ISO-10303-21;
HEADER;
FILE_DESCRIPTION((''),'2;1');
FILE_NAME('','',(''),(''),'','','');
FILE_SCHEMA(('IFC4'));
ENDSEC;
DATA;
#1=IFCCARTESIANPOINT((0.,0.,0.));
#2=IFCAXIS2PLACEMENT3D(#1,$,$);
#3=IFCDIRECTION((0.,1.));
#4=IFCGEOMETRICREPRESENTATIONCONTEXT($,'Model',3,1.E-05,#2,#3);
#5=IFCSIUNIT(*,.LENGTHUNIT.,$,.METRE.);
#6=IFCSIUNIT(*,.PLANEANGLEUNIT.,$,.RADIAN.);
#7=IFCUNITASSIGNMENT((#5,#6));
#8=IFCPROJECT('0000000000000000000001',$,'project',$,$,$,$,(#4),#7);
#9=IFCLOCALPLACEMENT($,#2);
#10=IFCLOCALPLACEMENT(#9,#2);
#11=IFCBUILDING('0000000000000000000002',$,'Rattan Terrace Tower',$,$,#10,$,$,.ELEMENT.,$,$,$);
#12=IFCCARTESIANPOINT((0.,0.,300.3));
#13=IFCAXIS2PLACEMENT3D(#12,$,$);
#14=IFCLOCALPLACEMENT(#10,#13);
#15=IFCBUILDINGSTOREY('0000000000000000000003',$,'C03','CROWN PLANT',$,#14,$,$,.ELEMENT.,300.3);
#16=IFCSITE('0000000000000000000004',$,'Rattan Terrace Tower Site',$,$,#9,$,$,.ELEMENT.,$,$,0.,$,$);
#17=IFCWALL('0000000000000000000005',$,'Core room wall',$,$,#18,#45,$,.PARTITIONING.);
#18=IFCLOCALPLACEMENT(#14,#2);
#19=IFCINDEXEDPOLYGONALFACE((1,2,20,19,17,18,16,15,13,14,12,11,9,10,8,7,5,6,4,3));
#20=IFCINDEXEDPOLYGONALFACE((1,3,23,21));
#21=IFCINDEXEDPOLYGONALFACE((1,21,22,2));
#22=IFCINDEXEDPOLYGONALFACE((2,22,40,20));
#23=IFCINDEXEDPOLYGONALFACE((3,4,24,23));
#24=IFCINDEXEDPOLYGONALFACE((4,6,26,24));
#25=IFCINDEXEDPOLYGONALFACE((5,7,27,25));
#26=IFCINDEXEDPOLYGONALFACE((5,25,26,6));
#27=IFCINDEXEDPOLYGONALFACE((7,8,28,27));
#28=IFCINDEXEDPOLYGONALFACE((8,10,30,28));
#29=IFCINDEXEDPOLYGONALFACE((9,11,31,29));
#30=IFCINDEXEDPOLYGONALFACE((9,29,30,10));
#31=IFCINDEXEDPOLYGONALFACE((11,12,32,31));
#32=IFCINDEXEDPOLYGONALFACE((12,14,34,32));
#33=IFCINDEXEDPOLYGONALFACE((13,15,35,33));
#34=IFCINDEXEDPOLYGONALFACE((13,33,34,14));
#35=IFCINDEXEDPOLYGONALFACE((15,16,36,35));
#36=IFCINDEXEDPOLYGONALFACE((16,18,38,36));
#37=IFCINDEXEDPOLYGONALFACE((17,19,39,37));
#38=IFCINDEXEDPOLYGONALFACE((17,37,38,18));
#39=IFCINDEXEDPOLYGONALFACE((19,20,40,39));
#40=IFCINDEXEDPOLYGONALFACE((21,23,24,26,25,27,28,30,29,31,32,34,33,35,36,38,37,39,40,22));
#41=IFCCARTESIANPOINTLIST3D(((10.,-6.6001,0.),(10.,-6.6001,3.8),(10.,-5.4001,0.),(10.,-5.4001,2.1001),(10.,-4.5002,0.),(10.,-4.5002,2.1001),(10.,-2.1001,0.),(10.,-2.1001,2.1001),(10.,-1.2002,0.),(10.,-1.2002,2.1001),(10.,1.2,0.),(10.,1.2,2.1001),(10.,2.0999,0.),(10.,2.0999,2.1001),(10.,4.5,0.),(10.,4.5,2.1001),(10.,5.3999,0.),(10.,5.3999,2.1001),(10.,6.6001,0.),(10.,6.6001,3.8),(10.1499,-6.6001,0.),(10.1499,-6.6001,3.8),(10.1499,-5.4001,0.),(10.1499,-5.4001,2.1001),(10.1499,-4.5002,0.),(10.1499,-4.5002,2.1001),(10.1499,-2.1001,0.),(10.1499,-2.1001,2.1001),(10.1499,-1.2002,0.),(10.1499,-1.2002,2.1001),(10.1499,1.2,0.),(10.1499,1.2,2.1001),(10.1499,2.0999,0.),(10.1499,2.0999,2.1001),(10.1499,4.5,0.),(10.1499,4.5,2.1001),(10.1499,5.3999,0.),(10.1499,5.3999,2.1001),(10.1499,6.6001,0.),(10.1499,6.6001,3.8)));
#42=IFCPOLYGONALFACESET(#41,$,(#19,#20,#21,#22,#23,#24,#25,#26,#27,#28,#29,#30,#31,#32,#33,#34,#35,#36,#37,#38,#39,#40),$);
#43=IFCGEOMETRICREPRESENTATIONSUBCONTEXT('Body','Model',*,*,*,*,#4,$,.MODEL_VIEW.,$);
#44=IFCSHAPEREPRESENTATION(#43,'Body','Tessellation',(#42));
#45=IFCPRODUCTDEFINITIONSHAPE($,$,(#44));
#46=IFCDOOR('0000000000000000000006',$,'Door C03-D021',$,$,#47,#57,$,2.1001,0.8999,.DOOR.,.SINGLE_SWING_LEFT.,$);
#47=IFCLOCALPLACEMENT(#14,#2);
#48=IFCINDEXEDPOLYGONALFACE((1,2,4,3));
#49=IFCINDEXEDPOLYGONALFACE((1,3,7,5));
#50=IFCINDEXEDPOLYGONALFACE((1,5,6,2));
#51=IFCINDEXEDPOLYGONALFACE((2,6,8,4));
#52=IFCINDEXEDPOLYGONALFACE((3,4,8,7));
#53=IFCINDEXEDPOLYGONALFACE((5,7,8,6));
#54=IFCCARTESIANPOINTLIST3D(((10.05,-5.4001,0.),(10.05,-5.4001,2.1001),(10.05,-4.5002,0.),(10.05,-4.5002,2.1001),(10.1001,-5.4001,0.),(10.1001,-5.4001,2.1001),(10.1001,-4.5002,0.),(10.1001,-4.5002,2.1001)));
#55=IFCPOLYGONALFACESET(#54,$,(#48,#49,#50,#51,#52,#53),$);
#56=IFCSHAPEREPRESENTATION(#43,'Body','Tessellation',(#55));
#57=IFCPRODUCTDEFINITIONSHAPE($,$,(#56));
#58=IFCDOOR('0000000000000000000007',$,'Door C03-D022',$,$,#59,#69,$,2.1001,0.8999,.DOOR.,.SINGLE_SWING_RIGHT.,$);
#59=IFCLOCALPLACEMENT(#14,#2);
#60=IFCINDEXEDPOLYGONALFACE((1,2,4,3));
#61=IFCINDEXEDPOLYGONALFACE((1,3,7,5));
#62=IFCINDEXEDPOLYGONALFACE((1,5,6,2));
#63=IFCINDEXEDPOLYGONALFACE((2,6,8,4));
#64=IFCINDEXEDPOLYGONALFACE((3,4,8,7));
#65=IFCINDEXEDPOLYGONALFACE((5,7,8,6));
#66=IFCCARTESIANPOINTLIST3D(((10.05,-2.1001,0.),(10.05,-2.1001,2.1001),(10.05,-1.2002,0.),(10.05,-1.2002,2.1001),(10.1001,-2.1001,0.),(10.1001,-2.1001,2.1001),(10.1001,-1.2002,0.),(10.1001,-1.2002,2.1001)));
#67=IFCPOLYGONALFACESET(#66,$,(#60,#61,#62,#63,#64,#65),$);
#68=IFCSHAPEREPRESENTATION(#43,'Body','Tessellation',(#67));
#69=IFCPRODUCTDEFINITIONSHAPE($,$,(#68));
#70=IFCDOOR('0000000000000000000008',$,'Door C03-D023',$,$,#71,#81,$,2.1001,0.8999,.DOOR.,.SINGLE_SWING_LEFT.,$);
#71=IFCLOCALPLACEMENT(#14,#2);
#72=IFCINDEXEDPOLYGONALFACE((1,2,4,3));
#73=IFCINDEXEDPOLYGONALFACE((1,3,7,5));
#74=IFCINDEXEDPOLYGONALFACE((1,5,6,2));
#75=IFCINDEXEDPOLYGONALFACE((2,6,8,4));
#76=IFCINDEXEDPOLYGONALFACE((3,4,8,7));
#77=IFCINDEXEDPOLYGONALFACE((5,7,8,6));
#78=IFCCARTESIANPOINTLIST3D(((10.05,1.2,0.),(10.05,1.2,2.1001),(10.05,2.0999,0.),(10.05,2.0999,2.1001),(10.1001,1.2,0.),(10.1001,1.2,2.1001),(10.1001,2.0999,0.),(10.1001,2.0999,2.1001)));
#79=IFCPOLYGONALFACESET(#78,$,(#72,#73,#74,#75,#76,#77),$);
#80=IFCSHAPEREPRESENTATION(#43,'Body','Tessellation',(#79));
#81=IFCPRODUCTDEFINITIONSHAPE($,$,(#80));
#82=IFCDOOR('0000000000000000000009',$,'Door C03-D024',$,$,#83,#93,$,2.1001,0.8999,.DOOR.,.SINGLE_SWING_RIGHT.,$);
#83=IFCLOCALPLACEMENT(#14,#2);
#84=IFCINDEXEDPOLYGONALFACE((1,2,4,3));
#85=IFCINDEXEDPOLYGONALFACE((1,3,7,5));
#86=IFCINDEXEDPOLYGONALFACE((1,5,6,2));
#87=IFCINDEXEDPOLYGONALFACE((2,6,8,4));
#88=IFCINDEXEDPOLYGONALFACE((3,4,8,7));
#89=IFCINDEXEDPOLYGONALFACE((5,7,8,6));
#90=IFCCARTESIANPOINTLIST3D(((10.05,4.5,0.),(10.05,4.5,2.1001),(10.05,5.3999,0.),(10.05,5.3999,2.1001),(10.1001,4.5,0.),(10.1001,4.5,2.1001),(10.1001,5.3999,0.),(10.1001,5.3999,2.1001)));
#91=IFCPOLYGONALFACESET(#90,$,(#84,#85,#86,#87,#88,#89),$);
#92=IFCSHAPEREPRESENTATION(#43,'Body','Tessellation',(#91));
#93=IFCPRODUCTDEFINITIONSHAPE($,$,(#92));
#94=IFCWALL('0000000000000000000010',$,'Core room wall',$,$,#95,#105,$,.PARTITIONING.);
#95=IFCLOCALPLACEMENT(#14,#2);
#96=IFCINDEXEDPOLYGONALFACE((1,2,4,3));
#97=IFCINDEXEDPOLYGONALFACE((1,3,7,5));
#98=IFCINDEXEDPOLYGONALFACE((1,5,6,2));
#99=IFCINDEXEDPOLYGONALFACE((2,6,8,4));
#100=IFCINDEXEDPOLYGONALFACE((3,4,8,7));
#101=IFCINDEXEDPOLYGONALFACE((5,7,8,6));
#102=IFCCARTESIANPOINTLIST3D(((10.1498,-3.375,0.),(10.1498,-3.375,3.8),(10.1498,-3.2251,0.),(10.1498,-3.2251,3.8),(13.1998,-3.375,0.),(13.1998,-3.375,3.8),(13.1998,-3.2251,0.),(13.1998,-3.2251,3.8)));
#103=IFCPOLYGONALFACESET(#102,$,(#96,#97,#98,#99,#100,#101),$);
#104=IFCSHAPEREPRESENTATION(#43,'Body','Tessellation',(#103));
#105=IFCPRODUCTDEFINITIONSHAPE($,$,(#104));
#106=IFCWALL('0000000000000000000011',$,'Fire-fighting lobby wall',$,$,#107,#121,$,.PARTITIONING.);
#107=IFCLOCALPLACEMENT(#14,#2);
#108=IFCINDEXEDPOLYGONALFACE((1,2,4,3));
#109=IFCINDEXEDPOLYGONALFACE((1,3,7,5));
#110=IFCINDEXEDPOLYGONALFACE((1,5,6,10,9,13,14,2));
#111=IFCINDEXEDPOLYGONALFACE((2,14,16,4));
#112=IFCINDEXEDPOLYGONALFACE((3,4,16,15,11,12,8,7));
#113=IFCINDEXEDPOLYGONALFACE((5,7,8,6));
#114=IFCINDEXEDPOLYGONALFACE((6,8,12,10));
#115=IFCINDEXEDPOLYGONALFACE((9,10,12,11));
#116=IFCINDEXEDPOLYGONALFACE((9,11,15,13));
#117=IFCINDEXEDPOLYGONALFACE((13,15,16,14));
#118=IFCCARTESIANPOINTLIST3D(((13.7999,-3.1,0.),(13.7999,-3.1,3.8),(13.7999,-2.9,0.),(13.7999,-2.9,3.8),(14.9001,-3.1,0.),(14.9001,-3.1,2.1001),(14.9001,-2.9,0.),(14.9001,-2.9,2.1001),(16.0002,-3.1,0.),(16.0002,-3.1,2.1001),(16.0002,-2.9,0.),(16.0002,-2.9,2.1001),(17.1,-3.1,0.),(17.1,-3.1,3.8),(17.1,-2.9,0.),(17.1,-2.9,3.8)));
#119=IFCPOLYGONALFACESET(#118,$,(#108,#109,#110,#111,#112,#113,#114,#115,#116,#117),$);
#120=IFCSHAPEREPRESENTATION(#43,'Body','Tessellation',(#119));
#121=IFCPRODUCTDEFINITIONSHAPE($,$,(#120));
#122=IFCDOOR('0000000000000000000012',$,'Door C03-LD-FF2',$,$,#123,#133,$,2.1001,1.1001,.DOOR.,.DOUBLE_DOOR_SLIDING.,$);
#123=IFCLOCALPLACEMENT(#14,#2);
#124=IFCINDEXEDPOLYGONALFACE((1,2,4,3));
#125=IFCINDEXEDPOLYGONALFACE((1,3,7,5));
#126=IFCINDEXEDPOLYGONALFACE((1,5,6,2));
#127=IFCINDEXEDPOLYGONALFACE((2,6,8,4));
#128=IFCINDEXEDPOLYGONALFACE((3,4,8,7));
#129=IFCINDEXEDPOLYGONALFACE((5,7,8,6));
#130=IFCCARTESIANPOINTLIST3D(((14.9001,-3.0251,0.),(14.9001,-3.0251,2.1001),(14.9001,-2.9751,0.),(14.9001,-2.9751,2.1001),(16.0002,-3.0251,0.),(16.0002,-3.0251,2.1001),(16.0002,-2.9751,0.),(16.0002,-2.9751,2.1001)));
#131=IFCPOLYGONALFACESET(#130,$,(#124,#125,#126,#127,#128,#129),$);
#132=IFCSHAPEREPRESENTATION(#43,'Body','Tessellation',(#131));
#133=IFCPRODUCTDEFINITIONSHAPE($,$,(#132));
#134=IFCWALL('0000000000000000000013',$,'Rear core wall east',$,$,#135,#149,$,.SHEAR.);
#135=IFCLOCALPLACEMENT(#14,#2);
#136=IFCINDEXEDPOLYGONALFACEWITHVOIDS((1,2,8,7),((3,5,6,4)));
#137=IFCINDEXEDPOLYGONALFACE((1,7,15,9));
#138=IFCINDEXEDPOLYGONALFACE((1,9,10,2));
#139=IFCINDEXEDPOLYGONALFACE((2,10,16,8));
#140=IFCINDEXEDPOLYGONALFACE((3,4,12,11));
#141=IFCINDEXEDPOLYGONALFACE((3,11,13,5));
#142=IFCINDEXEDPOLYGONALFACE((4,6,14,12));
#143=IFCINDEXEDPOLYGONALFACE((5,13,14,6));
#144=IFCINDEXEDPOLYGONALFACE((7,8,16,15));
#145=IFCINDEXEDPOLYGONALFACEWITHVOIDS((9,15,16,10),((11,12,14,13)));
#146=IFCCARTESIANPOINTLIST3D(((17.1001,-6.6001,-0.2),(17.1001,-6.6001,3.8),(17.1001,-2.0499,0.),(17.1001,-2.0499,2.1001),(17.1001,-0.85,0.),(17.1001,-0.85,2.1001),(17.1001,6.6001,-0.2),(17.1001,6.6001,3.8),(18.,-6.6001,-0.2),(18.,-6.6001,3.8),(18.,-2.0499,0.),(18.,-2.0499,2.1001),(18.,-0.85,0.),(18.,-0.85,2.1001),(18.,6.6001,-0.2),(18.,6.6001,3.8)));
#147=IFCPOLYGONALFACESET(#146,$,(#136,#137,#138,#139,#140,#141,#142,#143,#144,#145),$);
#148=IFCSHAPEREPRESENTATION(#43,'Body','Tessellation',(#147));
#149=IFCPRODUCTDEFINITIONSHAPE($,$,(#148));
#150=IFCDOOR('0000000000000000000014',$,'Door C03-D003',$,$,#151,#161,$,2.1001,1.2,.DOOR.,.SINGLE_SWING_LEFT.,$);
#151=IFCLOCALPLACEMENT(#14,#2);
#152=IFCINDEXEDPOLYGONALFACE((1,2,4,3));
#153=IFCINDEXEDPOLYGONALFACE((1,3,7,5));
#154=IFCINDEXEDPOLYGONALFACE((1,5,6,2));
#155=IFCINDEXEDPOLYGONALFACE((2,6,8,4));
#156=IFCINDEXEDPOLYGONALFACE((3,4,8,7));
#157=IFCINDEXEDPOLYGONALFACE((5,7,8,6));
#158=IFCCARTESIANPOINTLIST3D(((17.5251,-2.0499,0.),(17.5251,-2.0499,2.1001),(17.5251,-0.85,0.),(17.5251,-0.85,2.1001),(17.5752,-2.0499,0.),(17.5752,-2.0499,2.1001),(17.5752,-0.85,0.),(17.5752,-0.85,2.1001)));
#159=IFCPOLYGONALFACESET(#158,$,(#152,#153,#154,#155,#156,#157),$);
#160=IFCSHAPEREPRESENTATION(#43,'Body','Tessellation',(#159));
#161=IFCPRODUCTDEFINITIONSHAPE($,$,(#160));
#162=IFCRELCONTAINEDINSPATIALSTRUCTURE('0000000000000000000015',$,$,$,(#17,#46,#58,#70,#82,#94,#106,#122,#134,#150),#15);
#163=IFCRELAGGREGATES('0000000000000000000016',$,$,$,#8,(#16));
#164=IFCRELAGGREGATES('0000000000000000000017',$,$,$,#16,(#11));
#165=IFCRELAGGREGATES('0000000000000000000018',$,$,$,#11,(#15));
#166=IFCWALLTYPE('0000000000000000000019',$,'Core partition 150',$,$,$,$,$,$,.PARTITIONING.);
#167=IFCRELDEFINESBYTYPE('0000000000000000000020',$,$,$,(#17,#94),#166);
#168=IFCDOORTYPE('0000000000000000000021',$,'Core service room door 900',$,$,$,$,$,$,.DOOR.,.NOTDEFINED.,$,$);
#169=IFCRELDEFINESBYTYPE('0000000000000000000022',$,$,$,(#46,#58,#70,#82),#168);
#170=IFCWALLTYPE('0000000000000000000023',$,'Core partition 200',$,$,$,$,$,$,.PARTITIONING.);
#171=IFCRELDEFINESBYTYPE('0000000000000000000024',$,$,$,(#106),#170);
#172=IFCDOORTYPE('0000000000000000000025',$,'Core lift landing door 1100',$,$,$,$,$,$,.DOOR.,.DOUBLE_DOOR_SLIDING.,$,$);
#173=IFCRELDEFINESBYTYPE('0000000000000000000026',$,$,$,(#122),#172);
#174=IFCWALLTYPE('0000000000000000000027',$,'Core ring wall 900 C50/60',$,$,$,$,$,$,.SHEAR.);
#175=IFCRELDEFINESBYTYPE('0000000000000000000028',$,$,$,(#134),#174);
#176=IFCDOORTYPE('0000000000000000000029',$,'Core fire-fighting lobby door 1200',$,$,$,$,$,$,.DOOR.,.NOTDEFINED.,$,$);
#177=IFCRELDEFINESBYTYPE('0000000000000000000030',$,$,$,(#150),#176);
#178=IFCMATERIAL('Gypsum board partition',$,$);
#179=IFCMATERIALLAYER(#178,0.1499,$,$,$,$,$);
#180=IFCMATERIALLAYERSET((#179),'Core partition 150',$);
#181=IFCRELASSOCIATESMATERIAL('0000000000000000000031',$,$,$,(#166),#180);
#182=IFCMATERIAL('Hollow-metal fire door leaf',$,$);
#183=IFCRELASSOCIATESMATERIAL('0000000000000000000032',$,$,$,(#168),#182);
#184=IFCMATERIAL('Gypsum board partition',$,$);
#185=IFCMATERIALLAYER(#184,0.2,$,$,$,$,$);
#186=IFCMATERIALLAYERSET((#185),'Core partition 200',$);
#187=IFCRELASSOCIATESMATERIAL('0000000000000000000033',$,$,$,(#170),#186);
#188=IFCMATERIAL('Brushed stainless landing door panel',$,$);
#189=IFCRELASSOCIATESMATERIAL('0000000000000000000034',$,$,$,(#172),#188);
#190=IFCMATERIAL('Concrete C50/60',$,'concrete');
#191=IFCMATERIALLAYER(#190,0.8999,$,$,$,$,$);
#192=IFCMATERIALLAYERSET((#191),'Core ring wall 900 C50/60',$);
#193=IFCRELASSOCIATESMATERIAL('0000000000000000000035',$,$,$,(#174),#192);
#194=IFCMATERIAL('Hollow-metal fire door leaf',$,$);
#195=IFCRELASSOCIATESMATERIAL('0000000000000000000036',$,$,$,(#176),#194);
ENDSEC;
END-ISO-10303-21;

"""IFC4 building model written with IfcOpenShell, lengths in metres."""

from ifc_helpers import new_model, si_unit, direction, frame, frame_2d, origin, place, context, subcontext, project, spatial, rectangle, extrude, material, layer, layer_set, type_object, element, fill, save


model = new_model("IFC4")

# Units and contexts
model_context = context("Model", 3, precision=1e-05, world=origin(), true_north=direction((0.0, 1.0)))
body_context = subcontext(model_context, "Body", "Model", "MODEL_VIEW")
ifc_project = project(units=[si_unit("LENGTHUNIT", "METRE"), si_unit("PLANEANGLEUNIT", "RADIAN")], contexts=[model_context])

# Site, building, storey
site_placement = place(None, origin())
site = spatial("IfcSite", under=ifc_project, at=site_placement, Name="Rattan Terrace Tower Site", CompositionType="ELEMENT", RefElevation=0.0)
building_placement = place(site_placement, origin())
building = spatial("IfcBuilding", under=site, at=building_placement, Name="Rattan Terrace Tower", CompositionType="ELEMENT")
storey_placement = place(building_placement, frame((0.0, 0.0, 300.3)))
storey = spatial("IfcBuildingStorey", under=building, at=storey_placement, Name="C03", Description="CROWN PLANT", CompositionType="ELEMENT", Elevation=300.3)

# Shared definitions
ifc_material_1 = material(Name="Gypsum board partition")
ifc_layer_1 = layer(ifc_material_1, 0.1499)
ifc_layer_set_1 = layer_set([ifc_layer_1], Name="Core partition 150")
wall_type_1 = type_object("IfcWallType", Name="Core partition 150", PredefinedType="PARTITIONING", material=ifc_layer_set_1)
ifc_material_2 = material(Name="Hollow-metal fire door leaf")
door_type_1 = type_object("IfcDoorType", Name="Core service room door 900", OperationType="NOTDEFINED", PredefinedType="DOOR", material=ifc_material_2)

# Wall, openings, doors
wall_1_placement = place(storey_placement, frame((10.075, -6.6001, 0.0), z_axis=(0.0, 0.0, 1.0), x_axis=(0.0, 1.0, 0.0)))
wall_1 = element("IfcWall", 1, at=wall_1_placement, inside=storey, type_object=wall_type_1, Name="Core room wall", PredefinedType="PARTITIONING", context=body_context, shape_type="SweptSolid", body=[
    extrude(rectangle(XDim=13.2002, YDim=0.1499, at=frame_2d((6.6001, 0.0))), origin(), (0.0, 0.0, 1.0), 3.8),
])
opening_1_placement = place(wall_1_placement, frame((1.2, 0.0, 0.0)))
opening_1 = element("IfcOpeningElement", 2, at=opening_1_placement, cuts=wall_1, PredefinedType="OPENING", context=body_context, shape_type="SweptSolid", body=[
    extrude(rectangle(XDim=0.8999, YDim=2.1001, at=frame_2d((0.45, 1.05))), frame((0.0, 0.0854, 0.0), z_axis=(0.0, -1.0, 0.0), x_axis=(1.0, 0.0, 0.0)), (0.0, 0.0, 1.0), 0.1709),
])
opening_2_placement = place(wall_1_placement, frame((4.5, 0.0, 0.0)))
opening_2 = element("IfcOpeningElement", 3, at=opening_2_placement, cuts=wall_1, PredefinedType="OPENING", context=body_context, shape_type="SweptSolid", body=[
    extrude(rectangle(XDim=0.8999, YDim=2.1001, at=frame_2d((0.45, 1.05))), frame((0.0, 0.0854, 0.0), z_axis=(0.0, -1.0, 0.0), x_axis=(1.0, 0.0, 0.0)), (0.0, 0.0, 1.0), 0.1709),
])
opening_3_placement = place(wall_1_placement, frame((7.8, 0.0, 0.0)))
opening_3 = element("IfcOpeningElement", 4, at=opening_3_placement, cuts=wall_1, PredefinedType="OPENING", context=body_context, shape_type="SweptSolid", body=[
    extrude(rectangle(XDim=0.8999, YDim=2.1001, at=frame_2d((0.45, 1.05))), frame((0.0, 0.0854, 0.0), z_axis=(0.0, -1.0, 0.0), x_axis=(1.0, 0.0, 0.0)), (0.0, 0.0, 1.0), 0.1709),
])
opening_4_placement = place(wall_1_placement, frame((11.1001, 0.0, 0.0)))
opening_4 = element("IfcOpeningElement", 5, at=opening_4_placement, cuts=wall_1, PredefinedType="OPENING", context=body_context, shape_type="SweptSolid", body=[
    extrude(rectangle(XDim=0.8999, YDim=2.1001, at=frame_2d((0.45, 1.05))), frame((0.0, 0.0854, 0.0), z_axis=(0.0, -1.0, 0.0), x_axis=(1.0, 0.0, 0.0)), (0.0, 0.0, 1.0), 0.1709),
])
door_1_placement = place(opening_1_placement, origin())
door_1 = element("IfcDoor", 6, at=door_1_placement, inside=storey, type_object=door_type_1, Name="Door C03-D021", OperationType="SINGLE_SWING_LEFT", OverallHeight=2.1001, OverallWidth=0.8999, PredefinedType="DOOR", context=body_context, shape_type="SweptSolid", body=[
    extrude(rectangle(XDim=0.8999, YDim=2.1001, at=frame_2d((0.45, 1.05))), frame((0.0, 0.0249, 0.0), z_axis=(0.0, -1.0, 0.0), x_axis=(1.0, 0.0, 0.0)), (0.0, 0.0, 1.0), 0.05),
])
fill(opening_1, door_1)
door_2_placement = place(opening_2_placement, origin())
door_2 = element("IfcDoor", 7, at=door_2_placement, inside=storey, type_object=door_type_1, Name="Door C03-D022", OperationType="SINGLE_SWING_RIGHT", OverallHeight=2.1001, OverallWidth=0.8999, PredefinedType="DOOR", context=body_context, shape_type="SweptSolid", body=[
    extrude(rectangle(XDim=0.8999, YDim=2.1001, at=frame_2d((0.45, 1.05))), frame((0.0, 0.0249, 0.0), z_axis=(0.0, -1.0, 0.0), x_axis=(1.0, 0.0, 0.0)), (0.0, 0.0, 1.0), 0.05),
])
fill(opening_2, door_2)
door_3_placement = place(opening_3_placement, origin())
door_3 = element("IfcDoor", 8, at=door_3_placement, inside=storey, type_object=door_type_1, Name="Door C03-D023", OperationType="SINGLE_SWING_LEFT", OverallHeight=2.1001, OverallWidth=0.8999, PredefinedType="DOOR", context=body_context, shape_type="SweptSolid", body=[
    extrude(rectangle(XDim=0.8999, YDim=2.1001, at=frame_2d((0.45, 1.05))), frame((0.0, 0.0249, 0.0), z_axis=(0.0, -1.0, 0.0), x_axis=(1.0, 0.0, 0.0)), (0.0, 0.0, 1.0), 0.05),
])
fill(opening_3, door_3)
door_4_placement = place(opening_4_placement, origin())
door_4 = element("IfcDoor", 9, at=door_4_placement, inside=storey, type_object=door_type_1, Name="Door C03-D024", OperationType="SINGLE_SWING_RIGHT", OverallHeight=2.1001, OverallWidth=0.8999, PredefinedType="DOOR", context=body_context, shape_type="SweptSolid", body=[
    extrude(rectangle(XDim=0.8999, YDim=2.1001, at=frame_2d((0.45, 1.05))), frame((0.0, 0.0249, 0.0), z_axis=(0.0, -1.0, 0.0), x_axis=(1.0, 0.0, 0.0)), (0.0, 0.0, 1.0), 0.05),
])
fill(opening_4, door_4)

# Wall
wall_2_placement = place(storey_placement, frame((10.1499, -3.3, 0.0), z_axis=(0.0, 0.0, 1.0), x_axis=(1.0, 0.0, 0.0)))
element("IfcWall", 10, at=wall_2_placement, inside=storey, type_object=wall_type_1, Name="Core room wall", PredefinedType="PARTITIONING", context=body_context, shape_type="SweptSolid", body=[
    extrude(rectangle(XDim=3.05, YDim=0.1499, at=frame_2d((1.5249, 0.0))), origin(), (0.0, 0.0, 1.0), 3.8),
])

# Walls, openings, doors
ifc_material_3 = material(Name="Gypsum board partition")
ifc_layer_2 = layer(ifc_material_3, 0.2)
ifc_layer_set_2 = layer_set([ifc_layer_2], Name="Core partition 200")
wall_type_2 = type_object("IfcWallType", Name="Core partition 200", PredefinedType="PARTITIONING", material=ifc_layer_set_2)
wall_3_placement = place(storey_placement, frame((13.8, -3.0, 0.0), z_axis=(0.0, 0.0, 1.0), x_axis=(1.0, 0.0, 0.0)))
wall_3 = element("IfcWall", 11, at=wall_3_placement, inside=storey, type_object=wall_type_2, Name="Fire-fighting lobby wall", PredefinedType="PARTITIONING", context=body_context, shape_type="SweptSolid", body=[
    extrude(rectangle(XDim=3.3, YDim=0.2, at=frame_2d((1.6499, 0.0))), origin(), (0.0, 0.0, 1.0), 3.8),
])
opening_5_placement = place(wall_3_placement, frame((1.1001, 0.0, 0.0)))
opening_5 = element("IfcOpeningElement", 12, at=opening_5_placement, cuts=wall_3, PredefinedType="OPENING", context=body_context, shape_type="SweptSolid", body=[
    extrude(rectangle(XDim=1.1001, YDim=2.1001, at=frame_2d((0.55, 1.05))), frame((0.0, 0.1106, 0.0), z_axis=(0.0, -1.0, 0.0), x_axis=(1.0, 0.0, 0.0)), (0.0, 0.0, 1.0), 0.2209),
])
ifc_material_4 = material(Name="Brushed stainless landing door panel")
door_type_2 = type_object("IfcDoorType", Name="Core lift landing door 1100", OperationType="DOUBLE_DOOR_SLIDING", PredefinedType="DOOR", material=ifc_material_4)
door_5_placement = place(opening_5_placement, origin())
door_5 = element("IfcDoor", 13, at=door_5_placement, inside=storey, type_object=door_type_2, Name="Door C03-LD-FF2", OperationType="DOUBLE_DOOR_SLIDING", OverallHeight=2.1001, OverallWidth=1.1001, PredefinedType="DOOR", context=body_context, shape_type="SweptSolid", body=[
    extrude(rectangle(XDim=1.1001, YDim=2.1001, at=frame_2d((0.55, 1.05))), frame((0.0, 0.0249, 0.0), z_axis=(0.0, -1.0, 0.0), x_axis=(1.0, 0.0, 0.0)), (0.0, 0.0, 1.0), 0.05),
])
fill(opening_5, door_5)
ifc_material_5 = material(Name="Concrete C50/60", Category="concrete")
ifc_layer_3 = layer(ifc_material_5, 0.8999)
ifc_layer_set_3 = layer_set([ifc_layer_3], Name="Core ring wall 900 C50/60")
wall_type_3 = type_object("IfcWallType", Name="Core ring wall 900 C50/60", PredefinedType="SHEAR", material=ifc_layer_set_3)
wall_4_placement = place(storey_placement, frame((17.55, -6.6001, -0.2), z_axis=(0.0, 0.0, 1.0), x_axis=(0.0, 1.0, 0.0)))
wall_4 = element("IfcWall", 14, at=wall_4_placement, inside=storey, type_object=wall_type_3, Name="Rear core wall east", PredefinedType="SHEAR", context=body_context, shape_type="SweptSolid", body=[
    extrude(rectangle(XDim=13.2002, YDim=0.8999, at=frame_2d((6.6001, 0.0))), origin(), (0.0, 0.0, 1.0), 4.0),
])
opening_6_placement = place(wall_4_placement, frame((4.55, 0.0, 0.2)))
opening_6 = element("IfcOpeningElement", 15, at=opening_6_placement, cuts=wall_4, PredefinedType="OPENING", context=body_context, shape_type="SweptSolid", body=[
    extrude(rectangle(XDim=1.2, YDim=2.1001, at=frame_2d((0.6001, 1.05))), frame((0.0, 0.4604, 0.0), z_axis=(0.0, -1.0, 0.0), x_axis=(1.0, 0.0, 0.0)), (0.0, 0.0, 1.0), 0.9209),
])
ifc_material_6 = material(Name="Hollow-metal fire door leaf")
door_type_3 = type_object("IfcDoorType", Name="Core fire-fighting lobby door 1200", OperationType="NOTDEFINED", PredefinedType="DOOR", material=ifc_material_6)
door_6_placement = place(opening_6_placement, origin())
door_6 = element("IfcDoor", 16, at=door_6_placement, inside=storey, type_object=door_type_3, Name="Door C03-D003", OperationType="SINGLE_SWING_LEFT", OverallHeight=2.1001, OverallWidth=1.2, PredefinedType="DOOR", context=body_context, shape_type="SweptSolid", body=[
    extrude(rectangle(XDim=1.2, YDim=2.1001, at=frame_2d((0.6001, 1.05))), frame((0.0, 0.0249, 0.0), z_axis=(0.0, -1.0, 0.0), x_axis=(1.0, 0.0, 0.0)), (0.0, 0.0, 1.0), 0.05),
])
fill(opening_6, door_6)

save(model, "model.ifc")
